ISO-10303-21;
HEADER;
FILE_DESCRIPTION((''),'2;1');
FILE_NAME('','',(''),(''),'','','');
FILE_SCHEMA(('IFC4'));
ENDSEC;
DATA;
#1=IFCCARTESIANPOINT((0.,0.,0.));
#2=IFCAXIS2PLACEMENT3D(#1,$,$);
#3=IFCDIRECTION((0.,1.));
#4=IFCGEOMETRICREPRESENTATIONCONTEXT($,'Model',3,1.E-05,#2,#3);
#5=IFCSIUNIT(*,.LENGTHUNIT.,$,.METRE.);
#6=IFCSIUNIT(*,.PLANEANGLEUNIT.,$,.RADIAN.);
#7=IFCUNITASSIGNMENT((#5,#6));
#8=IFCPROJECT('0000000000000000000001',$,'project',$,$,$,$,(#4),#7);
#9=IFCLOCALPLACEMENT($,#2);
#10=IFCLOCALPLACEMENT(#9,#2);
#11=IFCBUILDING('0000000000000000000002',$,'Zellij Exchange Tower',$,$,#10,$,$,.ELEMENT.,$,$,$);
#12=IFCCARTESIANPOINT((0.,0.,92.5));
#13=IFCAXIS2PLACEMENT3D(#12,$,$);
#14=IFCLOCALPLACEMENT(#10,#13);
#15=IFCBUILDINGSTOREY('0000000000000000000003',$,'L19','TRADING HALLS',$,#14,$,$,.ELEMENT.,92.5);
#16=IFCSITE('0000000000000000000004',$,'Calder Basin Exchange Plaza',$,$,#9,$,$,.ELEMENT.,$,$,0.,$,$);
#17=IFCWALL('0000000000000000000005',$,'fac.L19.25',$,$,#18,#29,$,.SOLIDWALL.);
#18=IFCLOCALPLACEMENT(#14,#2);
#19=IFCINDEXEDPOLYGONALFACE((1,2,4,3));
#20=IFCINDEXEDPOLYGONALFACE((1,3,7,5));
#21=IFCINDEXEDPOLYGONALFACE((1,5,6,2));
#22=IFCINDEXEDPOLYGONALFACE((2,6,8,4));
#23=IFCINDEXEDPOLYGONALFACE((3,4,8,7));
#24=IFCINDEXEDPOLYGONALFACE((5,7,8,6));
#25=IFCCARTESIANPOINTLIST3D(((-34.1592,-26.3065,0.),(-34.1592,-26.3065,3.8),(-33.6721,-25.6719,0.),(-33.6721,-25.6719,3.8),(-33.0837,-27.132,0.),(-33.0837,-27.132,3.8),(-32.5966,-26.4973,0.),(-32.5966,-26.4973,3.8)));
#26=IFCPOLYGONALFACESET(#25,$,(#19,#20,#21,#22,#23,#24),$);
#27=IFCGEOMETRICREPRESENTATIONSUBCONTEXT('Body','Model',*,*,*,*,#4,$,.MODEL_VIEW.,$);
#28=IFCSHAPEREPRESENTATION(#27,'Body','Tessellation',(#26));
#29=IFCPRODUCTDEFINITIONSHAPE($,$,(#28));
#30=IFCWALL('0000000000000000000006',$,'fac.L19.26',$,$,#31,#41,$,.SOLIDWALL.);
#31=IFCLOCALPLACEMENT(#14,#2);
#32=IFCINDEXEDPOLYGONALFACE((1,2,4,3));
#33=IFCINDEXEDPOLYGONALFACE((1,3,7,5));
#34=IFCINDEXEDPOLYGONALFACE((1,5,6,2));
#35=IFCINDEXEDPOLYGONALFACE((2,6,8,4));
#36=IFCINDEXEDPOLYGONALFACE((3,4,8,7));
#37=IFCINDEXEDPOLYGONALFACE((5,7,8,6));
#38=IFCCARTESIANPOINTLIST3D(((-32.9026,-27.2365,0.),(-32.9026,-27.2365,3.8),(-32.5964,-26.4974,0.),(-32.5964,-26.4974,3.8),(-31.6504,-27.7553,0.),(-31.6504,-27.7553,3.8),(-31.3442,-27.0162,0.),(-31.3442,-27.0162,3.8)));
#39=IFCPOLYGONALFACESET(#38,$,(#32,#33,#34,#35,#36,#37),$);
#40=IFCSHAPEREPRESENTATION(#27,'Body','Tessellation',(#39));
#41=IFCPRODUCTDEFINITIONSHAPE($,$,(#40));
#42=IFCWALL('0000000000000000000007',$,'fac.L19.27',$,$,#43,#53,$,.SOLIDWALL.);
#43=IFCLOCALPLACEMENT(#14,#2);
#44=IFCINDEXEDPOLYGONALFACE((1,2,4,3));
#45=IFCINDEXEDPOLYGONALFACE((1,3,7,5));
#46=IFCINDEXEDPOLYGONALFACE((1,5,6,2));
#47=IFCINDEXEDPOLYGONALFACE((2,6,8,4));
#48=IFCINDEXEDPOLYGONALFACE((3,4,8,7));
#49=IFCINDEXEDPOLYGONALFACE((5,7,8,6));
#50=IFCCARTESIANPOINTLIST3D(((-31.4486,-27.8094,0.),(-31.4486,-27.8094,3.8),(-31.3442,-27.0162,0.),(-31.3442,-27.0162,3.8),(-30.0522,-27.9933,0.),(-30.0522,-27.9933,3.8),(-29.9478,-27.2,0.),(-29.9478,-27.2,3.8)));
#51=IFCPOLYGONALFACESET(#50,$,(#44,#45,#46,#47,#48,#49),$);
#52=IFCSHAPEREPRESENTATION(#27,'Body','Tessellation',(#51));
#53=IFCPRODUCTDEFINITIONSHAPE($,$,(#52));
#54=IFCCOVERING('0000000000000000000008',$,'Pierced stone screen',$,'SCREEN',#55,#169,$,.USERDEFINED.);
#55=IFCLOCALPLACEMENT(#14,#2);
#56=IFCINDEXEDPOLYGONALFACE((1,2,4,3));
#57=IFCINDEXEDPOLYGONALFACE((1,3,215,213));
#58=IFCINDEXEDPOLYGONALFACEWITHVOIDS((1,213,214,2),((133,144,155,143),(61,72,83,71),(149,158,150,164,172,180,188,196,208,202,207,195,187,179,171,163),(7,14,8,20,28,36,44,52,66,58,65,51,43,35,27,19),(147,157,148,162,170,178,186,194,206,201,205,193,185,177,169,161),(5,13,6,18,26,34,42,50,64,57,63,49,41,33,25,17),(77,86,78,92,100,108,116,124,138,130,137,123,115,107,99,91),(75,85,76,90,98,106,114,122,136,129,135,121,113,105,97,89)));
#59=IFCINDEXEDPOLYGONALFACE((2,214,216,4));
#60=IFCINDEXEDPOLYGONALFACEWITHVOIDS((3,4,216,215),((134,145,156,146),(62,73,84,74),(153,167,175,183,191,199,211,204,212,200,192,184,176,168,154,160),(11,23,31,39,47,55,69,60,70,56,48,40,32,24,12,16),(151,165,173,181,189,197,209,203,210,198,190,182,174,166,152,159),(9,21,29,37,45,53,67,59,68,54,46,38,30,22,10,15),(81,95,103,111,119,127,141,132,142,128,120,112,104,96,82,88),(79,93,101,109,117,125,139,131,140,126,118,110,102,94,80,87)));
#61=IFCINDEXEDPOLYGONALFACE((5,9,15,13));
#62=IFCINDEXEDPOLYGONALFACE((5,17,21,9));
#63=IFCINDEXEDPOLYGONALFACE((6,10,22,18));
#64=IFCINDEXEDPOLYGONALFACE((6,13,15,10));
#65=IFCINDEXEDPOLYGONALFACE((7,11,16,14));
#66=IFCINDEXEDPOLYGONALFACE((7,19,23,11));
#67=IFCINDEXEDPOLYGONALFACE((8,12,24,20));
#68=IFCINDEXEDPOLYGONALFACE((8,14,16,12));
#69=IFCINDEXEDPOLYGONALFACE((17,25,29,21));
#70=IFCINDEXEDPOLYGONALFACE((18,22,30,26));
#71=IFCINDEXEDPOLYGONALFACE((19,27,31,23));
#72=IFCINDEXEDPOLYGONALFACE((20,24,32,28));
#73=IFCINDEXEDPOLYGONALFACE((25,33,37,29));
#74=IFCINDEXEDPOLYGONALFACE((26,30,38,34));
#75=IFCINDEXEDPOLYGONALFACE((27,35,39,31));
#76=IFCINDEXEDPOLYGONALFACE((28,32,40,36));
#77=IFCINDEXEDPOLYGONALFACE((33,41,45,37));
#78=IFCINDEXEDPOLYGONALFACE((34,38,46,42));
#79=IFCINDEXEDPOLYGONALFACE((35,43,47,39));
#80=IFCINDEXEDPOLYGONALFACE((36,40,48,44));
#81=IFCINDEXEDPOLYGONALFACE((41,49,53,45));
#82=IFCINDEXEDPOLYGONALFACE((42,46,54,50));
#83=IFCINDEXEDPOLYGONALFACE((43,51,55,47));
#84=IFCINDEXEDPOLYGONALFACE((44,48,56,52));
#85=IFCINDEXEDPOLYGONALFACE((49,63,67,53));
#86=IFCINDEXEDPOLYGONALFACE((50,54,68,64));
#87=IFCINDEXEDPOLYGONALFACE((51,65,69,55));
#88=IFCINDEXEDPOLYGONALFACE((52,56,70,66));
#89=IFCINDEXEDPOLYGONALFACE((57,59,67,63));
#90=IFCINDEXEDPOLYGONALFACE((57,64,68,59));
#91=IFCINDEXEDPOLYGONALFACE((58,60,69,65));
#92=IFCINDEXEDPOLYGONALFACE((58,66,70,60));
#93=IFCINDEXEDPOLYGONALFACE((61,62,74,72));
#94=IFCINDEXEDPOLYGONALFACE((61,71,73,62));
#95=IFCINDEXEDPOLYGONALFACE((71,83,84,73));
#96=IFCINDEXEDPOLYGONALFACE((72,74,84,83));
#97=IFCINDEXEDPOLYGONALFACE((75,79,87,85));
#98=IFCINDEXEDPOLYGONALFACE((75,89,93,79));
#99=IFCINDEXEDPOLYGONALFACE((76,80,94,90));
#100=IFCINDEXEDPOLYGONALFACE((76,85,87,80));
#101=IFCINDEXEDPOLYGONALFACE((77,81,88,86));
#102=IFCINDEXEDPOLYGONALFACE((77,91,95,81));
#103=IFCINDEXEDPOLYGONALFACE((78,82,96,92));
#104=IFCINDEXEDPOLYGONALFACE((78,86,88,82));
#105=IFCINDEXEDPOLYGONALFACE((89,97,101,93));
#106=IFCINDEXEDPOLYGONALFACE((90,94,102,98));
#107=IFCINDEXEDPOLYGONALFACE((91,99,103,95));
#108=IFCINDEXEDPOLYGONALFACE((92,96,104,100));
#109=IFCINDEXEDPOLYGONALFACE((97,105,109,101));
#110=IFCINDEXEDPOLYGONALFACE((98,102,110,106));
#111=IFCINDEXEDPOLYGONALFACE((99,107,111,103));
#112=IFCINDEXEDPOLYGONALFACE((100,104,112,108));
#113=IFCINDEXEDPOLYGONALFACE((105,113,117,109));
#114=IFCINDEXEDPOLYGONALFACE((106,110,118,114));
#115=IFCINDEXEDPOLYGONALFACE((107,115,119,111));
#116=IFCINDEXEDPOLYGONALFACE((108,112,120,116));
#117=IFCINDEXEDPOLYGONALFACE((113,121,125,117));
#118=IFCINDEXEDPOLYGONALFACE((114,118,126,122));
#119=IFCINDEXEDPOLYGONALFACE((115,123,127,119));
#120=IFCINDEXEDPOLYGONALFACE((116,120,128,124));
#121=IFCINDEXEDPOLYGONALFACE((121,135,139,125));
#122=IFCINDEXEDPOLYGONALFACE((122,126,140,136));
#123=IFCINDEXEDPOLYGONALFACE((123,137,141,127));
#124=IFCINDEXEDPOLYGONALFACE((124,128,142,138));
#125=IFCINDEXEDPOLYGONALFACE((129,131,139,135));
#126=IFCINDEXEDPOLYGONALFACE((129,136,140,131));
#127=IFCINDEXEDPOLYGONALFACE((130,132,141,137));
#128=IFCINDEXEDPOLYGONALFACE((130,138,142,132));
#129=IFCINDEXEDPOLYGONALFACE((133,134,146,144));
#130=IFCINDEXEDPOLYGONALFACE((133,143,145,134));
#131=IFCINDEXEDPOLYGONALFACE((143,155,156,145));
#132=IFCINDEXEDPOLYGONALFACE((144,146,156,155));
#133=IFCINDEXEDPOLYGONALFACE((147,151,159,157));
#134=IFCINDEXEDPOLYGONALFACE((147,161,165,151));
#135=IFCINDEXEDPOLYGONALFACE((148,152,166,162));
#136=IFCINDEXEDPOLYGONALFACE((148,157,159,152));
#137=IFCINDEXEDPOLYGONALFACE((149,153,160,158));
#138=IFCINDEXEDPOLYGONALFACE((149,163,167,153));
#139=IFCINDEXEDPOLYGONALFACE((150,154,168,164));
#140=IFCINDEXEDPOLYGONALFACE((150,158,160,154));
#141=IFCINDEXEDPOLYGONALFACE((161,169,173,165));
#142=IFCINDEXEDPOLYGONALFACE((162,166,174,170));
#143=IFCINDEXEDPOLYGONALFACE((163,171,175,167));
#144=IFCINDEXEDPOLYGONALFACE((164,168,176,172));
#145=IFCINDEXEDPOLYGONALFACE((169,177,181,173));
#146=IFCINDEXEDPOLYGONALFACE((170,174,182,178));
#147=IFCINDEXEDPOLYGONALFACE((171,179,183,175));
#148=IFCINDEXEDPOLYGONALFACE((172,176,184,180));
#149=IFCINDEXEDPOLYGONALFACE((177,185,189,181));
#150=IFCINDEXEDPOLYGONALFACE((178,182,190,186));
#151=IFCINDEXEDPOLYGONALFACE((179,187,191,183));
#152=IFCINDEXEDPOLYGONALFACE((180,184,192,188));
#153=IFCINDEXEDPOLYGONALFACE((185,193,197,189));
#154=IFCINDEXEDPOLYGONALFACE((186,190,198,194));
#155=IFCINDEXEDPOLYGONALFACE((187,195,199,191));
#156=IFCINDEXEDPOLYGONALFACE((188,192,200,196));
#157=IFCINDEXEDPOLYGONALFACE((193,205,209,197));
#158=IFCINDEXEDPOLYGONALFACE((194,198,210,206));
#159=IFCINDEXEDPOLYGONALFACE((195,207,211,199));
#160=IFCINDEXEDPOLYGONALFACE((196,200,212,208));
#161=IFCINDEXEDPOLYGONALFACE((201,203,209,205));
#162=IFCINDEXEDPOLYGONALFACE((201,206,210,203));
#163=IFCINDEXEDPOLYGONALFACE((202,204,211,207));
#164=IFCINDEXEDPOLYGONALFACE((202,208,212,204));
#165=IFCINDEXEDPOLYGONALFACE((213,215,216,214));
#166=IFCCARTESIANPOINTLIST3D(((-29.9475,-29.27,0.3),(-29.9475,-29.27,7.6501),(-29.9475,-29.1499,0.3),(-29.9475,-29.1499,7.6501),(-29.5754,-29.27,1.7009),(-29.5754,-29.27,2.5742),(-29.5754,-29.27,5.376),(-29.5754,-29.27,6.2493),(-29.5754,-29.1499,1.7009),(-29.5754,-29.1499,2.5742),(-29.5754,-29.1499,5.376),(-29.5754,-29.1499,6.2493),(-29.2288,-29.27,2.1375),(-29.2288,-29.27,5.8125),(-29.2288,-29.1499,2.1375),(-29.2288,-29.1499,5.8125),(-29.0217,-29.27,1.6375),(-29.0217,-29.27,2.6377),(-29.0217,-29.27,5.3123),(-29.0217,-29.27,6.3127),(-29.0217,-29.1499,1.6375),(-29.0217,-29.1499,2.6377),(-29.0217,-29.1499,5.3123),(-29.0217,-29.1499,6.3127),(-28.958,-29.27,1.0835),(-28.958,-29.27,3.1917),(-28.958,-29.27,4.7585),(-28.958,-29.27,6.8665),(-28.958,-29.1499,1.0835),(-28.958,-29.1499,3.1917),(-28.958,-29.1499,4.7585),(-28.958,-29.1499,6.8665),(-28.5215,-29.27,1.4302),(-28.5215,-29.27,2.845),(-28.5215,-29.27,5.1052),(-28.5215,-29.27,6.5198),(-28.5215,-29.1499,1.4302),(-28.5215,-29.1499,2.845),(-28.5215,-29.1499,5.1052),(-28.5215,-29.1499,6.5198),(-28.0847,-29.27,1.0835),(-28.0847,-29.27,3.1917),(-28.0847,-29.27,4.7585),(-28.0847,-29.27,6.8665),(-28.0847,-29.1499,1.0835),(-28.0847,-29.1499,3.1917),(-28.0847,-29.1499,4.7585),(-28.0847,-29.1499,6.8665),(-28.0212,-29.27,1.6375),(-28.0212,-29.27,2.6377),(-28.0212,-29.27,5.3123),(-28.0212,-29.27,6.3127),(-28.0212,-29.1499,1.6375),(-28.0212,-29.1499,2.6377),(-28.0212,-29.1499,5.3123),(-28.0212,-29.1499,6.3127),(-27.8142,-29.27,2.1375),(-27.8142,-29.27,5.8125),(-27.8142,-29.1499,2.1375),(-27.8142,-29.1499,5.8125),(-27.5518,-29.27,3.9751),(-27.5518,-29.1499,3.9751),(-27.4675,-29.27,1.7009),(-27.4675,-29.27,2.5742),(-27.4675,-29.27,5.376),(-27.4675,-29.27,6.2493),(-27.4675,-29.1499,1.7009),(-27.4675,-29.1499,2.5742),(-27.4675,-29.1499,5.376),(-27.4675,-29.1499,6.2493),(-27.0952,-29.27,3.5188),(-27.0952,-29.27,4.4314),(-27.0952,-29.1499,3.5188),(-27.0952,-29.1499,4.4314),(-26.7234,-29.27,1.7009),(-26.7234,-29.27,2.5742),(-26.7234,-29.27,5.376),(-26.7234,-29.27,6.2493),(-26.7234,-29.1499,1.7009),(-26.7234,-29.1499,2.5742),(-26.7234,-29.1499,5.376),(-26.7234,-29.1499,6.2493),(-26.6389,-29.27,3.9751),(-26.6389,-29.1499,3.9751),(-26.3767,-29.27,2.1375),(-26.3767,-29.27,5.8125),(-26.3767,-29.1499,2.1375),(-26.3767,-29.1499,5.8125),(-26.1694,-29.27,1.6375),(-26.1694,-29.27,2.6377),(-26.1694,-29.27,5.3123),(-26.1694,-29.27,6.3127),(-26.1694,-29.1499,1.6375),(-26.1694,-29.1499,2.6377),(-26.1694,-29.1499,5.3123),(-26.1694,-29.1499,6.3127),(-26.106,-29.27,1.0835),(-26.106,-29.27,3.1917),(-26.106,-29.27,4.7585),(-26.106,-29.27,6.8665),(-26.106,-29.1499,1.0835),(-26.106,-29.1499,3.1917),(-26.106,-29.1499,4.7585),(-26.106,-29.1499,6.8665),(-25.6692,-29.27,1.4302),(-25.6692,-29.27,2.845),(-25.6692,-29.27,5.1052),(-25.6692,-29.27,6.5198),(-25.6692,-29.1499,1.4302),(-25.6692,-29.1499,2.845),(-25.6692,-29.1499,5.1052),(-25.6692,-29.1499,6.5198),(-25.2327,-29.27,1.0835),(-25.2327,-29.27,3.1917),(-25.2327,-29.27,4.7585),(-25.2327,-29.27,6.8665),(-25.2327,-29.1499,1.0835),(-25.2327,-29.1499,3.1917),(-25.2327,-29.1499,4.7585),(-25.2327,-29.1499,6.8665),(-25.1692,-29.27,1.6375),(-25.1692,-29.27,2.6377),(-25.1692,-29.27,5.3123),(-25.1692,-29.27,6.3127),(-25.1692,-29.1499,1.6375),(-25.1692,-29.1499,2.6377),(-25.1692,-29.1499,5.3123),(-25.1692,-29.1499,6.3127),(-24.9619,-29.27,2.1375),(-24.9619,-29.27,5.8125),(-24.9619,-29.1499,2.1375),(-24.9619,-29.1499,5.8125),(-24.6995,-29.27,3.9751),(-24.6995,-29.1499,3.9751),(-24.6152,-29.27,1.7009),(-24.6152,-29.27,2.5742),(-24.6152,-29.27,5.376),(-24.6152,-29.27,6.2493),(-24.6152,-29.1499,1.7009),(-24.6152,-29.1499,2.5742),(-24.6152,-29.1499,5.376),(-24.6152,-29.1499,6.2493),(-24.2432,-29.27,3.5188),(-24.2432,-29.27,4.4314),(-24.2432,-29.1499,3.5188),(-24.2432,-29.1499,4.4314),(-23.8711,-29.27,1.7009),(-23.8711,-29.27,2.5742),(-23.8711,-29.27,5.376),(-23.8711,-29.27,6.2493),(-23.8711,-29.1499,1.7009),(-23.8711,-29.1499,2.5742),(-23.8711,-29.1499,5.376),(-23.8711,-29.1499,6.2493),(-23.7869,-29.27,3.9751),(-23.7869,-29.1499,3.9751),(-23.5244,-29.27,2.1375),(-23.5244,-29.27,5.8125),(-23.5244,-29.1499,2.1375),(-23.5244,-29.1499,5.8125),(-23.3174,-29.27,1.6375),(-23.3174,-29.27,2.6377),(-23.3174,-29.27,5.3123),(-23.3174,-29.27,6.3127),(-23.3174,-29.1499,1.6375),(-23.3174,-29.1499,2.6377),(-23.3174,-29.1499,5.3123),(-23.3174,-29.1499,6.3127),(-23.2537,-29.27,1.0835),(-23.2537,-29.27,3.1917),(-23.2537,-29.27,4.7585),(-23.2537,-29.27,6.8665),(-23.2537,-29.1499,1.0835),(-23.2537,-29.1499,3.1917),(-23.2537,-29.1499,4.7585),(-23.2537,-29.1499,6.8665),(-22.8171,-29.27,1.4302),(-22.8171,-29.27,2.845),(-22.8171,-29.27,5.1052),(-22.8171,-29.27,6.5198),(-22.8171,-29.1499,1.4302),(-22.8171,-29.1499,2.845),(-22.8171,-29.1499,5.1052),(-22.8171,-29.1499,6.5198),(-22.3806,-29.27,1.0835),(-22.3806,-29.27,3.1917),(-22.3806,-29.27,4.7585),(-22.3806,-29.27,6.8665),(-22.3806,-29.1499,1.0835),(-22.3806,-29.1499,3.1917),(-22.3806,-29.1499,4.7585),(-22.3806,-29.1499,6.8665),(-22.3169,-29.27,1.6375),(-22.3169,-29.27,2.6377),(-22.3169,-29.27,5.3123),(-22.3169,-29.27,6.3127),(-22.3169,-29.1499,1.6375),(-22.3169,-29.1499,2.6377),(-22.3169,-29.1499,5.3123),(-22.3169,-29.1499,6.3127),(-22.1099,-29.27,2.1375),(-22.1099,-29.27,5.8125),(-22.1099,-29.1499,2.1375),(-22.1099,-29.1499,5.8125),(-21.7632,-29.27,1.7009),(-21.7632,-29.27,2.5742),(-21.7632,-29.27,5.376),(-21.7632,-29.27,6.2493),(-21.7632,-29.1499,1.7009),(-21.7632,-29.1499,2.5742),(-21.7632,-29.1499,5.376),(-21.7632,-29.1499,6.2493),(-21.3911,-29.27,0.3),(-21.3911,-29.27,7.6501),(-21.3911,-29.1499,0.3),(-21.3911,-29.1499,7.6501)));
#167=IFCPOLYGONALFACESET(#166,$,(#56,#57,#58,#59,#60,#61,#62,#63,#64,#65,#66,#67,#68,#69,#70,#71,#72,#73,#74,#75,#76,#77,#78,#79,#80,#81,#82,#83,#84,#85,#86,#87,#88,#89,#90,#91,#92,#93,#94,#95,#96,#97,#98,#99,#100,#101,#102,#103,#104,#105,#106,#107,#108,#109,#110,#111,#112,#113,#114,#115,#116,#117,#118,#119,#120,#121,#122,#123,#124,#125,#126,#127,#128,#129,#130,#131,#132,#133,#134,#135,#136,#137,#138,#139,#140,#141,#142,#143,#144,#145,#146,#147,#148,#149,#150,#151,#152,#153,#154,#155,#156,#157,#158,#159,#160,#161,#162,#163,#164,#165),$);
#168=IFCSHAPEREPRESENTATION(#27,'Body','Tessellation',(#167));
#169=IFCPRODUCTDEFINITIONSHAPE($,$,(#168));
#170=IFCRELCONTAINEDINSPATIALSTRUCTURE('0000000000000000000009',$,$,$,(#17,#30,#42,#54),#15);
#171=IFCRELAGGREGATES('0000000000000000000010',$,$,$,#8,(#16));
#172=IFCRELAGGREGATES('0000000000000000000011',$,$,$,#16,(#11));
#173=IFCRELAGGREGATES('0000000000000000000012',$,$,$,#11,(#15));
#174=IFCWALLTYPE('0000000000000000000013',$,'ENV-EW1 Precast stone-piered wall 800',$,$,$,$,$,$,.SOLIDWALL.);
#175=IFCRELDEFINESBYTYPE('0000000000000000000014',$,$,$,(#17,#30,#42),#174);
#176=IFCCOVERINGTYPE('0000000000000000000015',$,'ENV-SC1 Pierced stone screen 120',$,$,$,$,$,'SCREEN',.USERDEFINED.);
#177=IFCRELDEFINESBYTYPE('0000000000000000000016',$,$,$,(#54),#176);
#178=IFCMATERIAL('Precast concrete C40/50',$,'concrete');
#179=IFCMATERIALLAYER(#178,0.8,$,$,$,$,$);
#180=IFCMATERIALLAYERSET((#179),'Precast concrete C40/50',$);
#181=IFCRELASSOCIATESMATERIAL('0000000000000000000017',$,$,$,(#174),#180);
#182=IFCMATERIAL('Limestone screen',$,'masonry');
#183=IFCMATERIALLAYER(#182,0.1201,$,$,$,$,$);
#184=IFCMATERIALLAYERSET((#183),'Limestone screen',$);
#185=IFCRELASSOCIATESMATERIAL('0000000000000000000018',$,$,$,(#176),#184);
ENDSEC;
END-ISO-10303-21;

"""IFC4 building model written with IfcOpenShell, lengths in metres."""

from ifc_helpers import new_model, si_unit, direction, frame, frame_2d, origin, place, context, subcontext, project, spatial, polyline, rectangle, outline, extrude, material, layer, layer_set, type_object, element, save


model = new_model("IFC4")

# Units and contexts
model_context = context("Model", 3, precision=1e-05, world=origin(), true_north=direction((0.0, 1.0)))
body_context = subcontext(model_context, "Body", "Model", "MODEL_VIEW")
ifc_project = project(units=[si_unit("LENGTHUNIT", "METRE"), si_unit("PLANEANGLEUNIT", "RADIAN")], contexts=[model_context])

# Site, building, storey
site_placement = place(None, origin())
site = spatial("IfcSite", under=ifc_project, at=site_placement, Name="Calder Basin Exchange Plaza", CompositionType="ELEMENT", RefElevation=0.0)
building_placement = place(site_placement, origin())
building = spatial("IfcBuilding", under=site, at=building_placement, Name="Zellij Exchange Tower", CompositionType="ELEMENT")
storey_placement = place(building_placement, frame((0.0, 0.0, 92.5)))
storey = spatial("IfcBuildingStorey", under=building, at=storey_placement, Name="L19", Description="TRADING HALLS", CompositionType="ELEMENT", Elevation=92.5)

# Walls
ifc_material_1 = material(Name="Precast concrete C40/50", Category="concrete")
ifc_layer_1 = layer(ifc_material_1, 0.8)
ifc_layer_set_1 = layer_set([ifc_layer_1], Name="Precast concrete C40/50")
wall_type = type_object("IfcWallType", Name="ENV-EW1 Precast stone-piered wall 800", PredefinedType="SOLIDWALL", material=ifc_layer_set_1)
for number, where, z_axis, x_axis, name in (
    (1, (-33.9155, -25.9893, 0.0), (0.0, 0.0, 1.0), (0.793273, -0.608866, 0.0), "fac.L19.25"),
):
    element("IfcWall", number, at=place(storey_placement, frame(where, z_axis=z_axis, x_axis=x_axis)), inside=storey, type_object=wall_type, Name=name, PredefinedType="SOLIDWALL", context=body_context, shape_type="SweptSolid", body=[
        extrude(rectangle(XDim=1.3557, YDim=0.8, at=frame_2d((0.6777, 0.0))), origin(), (0.0, 0.0, 1.0), 3.8),
    ])
wall_1_placement = place(storey_placement, frame((-32.7495, -26.8669, 0.0), z_axis=(0.0, 0.0, 1.0), x_axis=(0.923848, -0.38276, 0.0)))
element("IfcWall", 2, at=wall_1_placement, inside=storey, type_object=wall_type, Name="fac.L19.26", PredefinedType="SOLIDWALL", context=body_context, shape_type="SweptSolid", body=[
    extrude(rectangle(XDim=1.3555, YDim=0.8, at=frame_2d((0.6777, 0.0))), origin(), (0.0, 0.0, 1.0), 3.8),
])
wall_2_placement = place(storey_placement, frame((-31.3962, -27.4128, 0.0), z_axis=(0.0, 0.0, 1.0), x_axis=(0.991446, -0.130517, 0.0)))
element("IfcWall", 3, at=wall_2_placement, inside=storey, type_object=wall_type, Name="fac.L19.27", PredefinedType="SOLIDWALL", context=body_context, shape_type="SweptSolid", body=[
    extrude(rectangle(XDim=1.4084, YDim=0.8, at=frame_2d((0.7041, 0.0))), origin(), (0.0, 0.0, 1.0), 3.8),
])

# Covering
ifc_material_2 = material(Name="Limestone screen", Category="masonry")
ifc_layer_2 = layer(ifc_material_2, 0.1201)
ifc_layer_set_2 = layer_set([ifc_layer_2], Name="Limestone screen")
covering_type = type_object("IfcCoveringType", Name="ENV-SC1 Pierced stone screen 120", ElementType="SCREEN", PredefinedType="USERDEFINED", material=ifc_layer_set_2)
covering_1_placement = place(storey_placement, frame((-29.9475, -29.21, 0.3), z_axis=(0.0, 0.0, 1.0), x_axis=(1.0, 0.0, 0.0)))
element("IfcCovering", 4, at=covering_1_placement, inside=storey, type_object=covering_type, Name="Pierced stone screen", ObjectType="SCREEN", PredefinedType="USERDEFINED", context=body_context, shape_type="SweptSolid", body=[
    extrude(outline(polyline([(0.0, 0.0), (8.5564, 0.0), (8.5564, 7.3501), (0.0, 7.3501), (0.0, 0.0)]), holes=[polyline([(2.48, 2.2742), (1.9263, 2.3376), (1.8628, 2.8916), (1.426, 2.5449), (0.9895, 2.8916), (0.9258, 2.3376), (0.3721, 2.2742), (0.7188, 1.8374), (0.3721, 1.4009), (0.9258, 1.3374), (0.9895, 0.7834), (1.426, 1.1301), (1.8628, 0.7834), (1.9263, 1.3374), (2.48, 1.4009), (2.1333, 1.8374), (2.48, 2.2742)]), polyline([(2.48, 5.9492), (1.9263, 6.0127), (1.8628, 6.5664), (1.426, 6.2197), (0.9895, 6.5664), (0.9258, 6.0127), (0.3721, 5.9492), (0.7188, 5.5125), (0.3721, 5.0759), (0.9258, 5.0122), (0.9895, 4.4585), (1.426, 4.8052), (1.8628, 4.4585), (1.9263, 5.0122), (2.48, 5.0759), (2.1333, 5.5125), (2.48, 5.9492)]), polyline([(5.3323, 2.2742), (4.7783, 2.3376), (4.7148, 2.8916), (4.2783, 2.5449), (3.8416, 2.8916), (3.7781, 2.3376), (3.2241, 2.2742), (3.5708, 1.8374), (3.2241, 1.4009), (3.7781, 1.3374), (3.8416, 0.7834), (4.2783, 1.1301), (4.7148, 0.7834), (4.7783, 1.3374), (5.3323, 1.4009), (4.9856, 1.8374), (5.3323, 2.2742)]), polyline([(5.3323, 5.9492), (4.7783, 6.0127), (4.7148, 6.5664), (4.2783, 6.2197), (3.8416, 6.5664), (3.7781, 6.0127), (3.2241, 5.9492), (3.5708, 5.5125), (3.2241, 5.0759), (3.7781, 5.0122), (3.8416, 4.4585), (4.2783, 4.8052), (4.7148, 4.4585), (4.7783, 5.0122), (5.3323, 5.0759), (4.9856, 5.5125), (5.3323, 5.9492)]), polyline([(8.1843, 2.2742), (7.6306, 2.3376), (7.5669, 2.8916), (7.1304, 2.5449), (6.6938, 2.8916), (6.6301, 2.3376), (6.0764, 2.2742), (6.4231, 1.8374), (6.0764, 1.4009), (6.6301, 1.3374), (6.6938, 0.7834), (7.1304, 1.1301), (7.5669, 0.7834), (7.6306, 1.3374), (8.1843, 1.4009), (7.8376, 1.8374), (8.1843, 2.2742)]), polyline([(8.1843, 5.9492), (7.6306, 6.0127), (7.5669, 6.5664), (7.1304, 6.2197), (6.6938, 6.5664), (6.6301, 6.0127), (6.0764, 5.9492), (6.4231, 5.5125), (6.0764, 5.0759), (6.6301, 5.0122), (6.6938, 4.4585), (7.1304, 4.8052), (7.5669, 4.4585), (7.6306, 5.0122), (8.1843, 5.0759), (7.8376, 5.5125), (8.1843, 5.9492)]), polyline([(3.3086, 3.675), (2.8523, 4.1313), (2.3958, 3.675), (2.8523, 3.2188), (3.3086, 3.675)]), polyline([(6.1606, 3.675), (5.7043, 4.1313), (5.248, 3.675), (5.7043, 3.2188), (6.1606, 3.675)])]), frame((0.0, 0.0601, 0.0), z_axis=(0.0, -1.0, 0.0), x_axis=(1.0, 0.0, 0.0)), (0.0, 0.0, 1.0), 0.1201),
])

save(model, "model.ifc")
